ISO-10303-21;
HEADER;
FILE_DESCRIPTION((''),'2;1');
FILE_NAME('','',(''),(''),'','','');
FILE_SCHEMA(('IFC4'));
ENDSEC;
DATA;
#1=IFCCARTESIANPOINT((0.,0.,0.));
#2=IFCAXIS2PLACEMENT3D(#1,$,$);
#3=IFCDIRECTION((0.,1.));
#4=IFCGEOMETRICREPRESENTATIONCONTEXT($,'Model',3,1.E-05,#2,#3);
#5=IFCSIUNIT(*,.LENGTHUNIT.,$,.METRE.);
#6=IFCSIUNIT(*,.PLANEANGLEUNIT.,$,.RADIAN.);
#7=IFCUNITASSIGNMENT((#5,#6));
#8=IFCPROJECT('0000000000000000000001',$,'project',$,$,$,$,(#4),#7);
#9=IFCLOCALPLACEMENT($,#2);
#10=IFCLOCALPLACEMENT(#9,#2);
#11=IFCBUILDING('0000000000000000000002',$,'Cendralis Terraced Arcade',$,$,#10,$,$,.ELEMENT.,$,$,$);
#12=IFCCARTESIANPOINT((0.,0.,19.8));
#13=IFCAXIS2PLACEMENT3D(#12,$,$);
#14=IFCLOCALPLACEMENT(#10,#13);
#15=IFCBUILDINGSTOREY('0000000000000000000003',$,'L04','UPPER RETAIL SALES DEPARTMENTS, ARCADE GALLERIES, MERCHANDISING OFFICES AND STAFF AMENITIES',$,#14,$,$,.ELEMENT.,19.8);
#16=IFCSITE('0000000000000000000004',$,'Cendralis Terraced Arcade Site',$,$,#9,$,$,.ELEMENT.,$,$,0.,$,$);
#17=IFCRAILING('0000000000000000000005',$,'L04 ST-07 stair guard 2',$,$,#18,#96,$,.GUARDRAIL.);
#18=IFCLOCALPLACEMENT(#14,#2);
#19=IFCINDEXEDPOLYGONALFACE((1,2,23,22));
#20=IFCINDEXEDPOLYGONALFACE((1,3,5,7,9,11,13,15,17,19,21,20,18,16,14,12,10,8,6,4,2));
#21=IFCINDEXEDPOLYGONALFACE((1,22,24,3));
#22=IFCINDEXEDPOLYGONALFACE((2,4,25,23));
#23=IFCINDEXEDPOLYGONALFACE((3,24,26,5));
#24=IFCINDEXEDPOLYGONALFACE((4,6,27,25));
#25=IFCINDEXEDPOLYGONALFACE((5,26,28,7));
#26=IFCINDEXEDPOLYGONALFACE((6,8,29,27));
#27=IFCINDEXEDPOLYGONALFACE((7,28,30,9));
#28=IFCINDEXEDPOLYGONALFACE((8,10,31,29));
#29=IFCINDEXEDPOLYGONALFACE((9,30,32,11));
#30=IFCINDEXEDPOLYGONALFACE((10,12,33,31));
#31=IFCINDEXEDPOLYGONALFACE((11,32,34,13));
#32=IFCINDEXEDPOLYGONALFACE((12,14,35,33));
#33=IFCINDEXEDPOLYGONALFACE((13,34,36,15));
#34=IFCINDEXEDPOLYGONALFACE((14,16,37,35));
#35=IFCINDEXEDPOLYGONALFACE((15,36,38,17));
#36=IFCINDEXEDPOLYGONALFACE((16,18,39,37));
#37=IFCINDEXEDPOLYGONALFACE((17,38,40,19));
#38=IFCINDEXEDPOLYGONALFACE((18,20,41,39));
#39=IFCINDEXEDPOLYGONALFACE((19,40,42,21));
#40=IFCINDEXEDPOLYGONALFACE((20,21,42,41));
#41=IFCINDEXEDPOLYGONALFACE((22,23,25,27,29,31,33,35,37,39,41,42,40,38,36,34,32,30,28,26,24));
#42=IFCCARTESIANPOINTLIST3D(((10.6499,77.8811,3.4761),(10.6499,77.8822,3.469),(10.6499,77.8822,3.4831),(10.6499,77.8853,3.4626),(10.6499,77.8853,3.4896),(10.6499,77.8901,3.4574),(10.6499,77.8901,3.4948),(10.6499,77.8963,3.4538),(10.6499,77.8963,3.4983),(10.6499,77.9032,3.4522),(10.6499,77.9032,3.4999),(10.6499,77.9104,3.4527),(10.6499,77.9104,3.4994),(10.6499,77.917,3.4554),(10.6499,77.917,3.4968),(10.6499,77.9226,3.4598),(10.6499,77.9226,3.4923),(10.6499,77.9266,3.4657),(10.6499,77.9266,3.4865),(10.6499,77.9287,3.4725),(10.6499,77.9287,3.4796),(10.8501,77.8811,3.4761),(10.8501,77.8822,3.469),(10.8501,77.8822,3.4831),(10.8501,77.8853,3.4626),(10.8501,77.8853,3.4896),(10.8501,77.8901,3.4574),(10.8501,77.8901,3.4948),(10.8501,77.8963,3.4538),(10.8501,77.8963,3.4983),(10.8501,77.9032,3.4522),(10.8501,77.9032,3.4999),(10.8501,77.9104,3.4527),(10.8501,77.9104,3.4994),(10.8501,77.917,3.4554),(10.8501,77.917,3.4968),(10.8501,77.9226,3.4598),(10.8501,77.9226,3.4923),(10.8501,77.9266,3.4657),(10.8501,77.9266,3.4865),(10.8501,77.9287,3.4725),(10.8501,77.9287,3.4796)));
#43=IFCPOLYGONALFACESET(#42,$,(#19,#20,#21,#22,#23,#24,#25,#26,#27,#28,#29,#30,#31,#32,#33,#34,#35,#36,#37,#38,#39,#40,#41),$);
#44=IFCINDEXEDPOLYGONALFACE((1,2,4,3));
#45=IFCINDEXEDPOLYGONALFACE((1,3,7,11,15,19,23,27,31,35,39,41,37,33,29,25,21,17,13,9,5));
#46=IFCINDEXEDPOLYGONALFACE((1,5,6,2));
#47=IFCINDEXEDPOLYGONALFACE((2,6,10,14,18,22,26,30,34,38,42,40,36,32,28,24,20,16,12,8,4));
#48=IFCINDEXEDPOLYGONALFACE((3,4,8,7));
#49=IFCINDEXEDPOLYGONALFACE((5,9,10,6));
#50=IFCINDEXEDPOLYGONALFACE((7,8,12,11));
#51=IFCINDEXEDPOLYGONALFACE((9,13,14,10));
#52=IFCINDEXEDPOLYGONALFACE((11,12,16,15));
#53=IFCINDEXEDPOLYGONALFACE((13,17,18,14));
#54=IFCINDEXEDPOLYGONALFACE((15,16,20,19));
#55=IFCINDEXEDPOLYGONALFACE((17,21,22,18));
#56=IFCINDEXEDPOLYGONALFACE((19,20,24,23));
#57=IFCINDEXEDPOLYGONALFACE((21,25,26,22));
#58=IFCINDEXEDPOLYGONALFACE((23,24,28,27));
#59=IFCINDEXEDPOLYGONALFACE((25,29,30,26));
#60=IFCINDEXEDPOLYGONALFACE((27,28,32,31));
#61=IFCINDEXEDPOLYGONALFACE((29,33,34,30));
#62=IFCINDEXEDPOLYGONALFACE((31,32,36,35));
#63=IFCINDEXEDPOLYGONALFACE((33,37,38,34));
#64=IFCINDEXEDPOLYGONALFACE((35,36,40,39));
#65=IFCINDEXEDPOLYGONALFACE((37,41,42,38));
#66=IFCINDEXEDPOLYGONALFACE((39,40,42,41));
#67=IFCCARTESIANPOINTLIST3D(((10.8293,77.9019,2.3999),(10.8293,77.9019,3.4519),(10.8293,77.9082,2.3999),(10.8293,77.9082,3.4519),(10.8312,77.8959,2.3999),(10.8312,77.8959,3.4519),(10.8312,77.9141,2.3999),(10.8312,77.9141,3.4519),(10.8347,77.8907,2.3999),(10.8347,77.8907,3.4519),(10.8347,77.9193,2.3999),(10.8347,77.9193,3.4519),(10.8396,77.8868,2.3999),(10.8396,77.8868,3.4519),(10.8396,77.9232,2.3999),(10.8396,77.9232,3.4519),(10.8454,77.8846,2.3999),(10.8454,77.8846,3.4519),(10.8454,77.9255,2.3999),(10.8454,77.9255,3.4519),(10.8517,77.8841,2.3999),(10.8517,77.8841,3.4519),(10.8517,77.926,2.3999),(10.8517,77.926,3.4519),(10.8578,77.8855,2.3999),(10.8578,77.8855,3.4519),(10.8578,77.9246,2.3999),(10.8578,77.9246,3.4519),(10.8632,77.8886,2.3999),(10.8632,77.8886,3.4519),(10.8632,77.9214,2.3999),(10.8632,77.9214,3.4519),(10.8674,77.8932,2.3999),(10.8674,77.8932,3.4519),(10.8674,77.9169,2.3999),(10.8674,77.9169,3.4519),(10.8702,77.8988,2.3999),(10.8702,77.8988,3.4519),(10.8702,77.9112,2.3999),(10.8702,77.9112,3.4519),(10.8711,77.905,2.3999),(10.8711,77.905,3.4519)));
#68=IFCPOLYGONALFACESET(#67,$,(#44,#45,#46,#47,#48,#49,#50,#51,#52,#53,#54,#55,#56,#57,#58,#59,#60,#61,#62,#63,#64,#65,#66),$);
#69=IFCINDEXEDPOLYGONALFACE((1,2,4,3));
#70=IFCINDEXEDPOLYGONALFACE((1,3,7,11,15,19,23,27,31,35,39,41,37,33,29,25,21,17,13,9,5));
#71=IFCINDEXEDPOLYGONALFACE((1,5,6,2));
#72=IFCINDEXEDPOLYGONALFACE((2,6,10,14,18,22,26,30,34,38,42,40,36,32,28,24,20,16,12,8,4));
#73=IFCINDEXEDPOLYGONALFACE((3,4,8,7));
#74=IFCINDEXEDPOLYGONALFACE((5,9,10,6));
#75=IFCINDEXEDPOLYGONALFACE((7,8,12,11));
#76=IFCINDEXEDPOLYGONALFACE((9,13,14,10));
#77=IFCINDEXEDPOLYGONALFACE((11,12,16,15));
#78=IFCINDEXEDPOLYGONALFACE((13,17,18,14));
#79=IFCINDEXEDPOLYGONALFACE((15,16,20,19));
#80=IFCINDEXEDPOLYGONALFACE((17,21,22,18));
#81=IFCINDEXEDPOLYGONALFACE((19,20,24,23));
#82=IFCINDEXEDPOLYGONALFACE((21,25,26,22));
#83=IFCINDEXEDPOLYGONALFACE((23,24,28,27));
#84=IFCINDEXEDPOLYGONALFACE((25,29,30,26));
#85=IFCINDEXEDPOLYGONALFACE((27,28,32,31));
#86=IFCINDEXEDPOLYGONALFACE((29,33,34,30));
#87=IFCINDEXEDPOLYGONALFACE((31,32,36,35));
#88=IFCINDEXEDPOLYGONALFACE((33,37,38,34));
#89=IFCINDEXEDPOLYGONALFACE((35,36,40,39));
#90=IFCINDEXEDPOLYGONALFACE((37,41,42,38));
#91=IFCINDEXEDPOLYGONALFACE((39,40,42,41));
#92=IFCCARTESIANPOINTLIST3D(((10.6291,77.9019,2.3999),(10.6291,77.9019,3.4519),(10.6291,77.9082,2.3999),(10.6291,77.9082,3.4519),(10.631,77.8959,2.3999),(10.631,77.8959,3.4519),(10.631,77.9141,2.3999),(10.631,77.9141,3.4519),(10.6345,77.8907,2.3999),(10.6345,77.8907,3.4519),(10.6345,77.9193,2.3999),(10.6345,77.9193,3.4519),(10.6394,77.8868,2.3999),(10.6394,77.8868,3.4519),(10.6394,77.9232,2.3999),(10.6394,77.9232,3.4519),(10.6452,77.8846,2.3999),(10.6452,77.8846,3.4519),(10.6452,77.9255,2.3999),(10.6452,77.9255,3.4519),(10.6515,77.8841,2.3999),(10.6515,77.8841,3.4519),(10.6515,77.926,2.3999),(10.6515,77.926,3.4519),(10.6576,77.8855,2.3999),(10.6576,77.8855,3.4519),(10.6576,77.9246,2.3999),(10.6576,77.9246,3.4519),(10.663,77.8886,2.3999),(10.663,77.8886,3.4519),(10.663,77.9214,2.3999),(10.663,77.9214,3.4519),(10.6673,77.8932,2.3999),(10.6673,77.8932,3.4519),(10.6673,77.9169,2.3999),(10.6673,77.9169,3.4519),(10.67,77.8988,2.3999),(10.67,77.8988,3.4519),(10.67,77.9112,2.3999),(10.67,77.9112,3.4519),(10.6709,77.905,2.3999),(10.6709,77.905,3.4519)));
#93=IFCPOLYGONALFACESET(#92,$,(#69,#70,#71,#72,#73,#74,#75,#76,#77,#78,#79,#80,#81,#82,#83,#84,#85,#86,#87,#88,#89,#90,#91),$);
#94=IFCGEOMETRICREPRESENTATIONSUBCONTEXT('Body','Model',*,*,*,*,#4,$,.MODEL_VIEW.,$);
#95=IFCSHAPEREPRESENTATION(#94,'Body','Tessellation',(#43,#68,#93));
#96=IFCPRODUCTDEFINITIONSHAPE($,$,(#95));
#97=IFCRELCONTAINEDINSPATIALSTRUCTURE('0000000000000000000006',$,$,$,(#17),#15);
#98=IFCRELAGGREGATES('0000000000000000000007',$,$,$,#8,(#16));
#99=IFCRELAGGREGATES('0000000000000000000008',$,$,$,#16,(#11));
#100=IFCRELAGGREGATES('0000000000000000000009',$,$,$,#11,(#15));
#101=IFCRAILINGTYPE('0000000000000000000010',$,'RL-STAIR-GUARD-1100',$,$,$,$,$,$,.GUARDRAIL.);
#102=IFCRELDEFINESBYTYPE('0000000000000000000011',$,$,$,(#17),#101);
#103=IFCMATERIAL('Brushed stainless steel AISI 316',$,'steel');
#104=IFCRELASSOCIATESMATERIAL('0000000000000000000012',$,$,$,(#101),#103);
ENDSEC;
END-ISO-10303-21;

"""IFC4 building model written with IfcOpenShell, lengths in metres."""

from ifc_helpers import new_model, si_unit, direction, frame, origin, origin_2d, place, context, subcontext, project, spatial, circle, extrude, material, type_object, element, save


model = new_model("IFC4")

# Units and contexts
model_context = context("Model", 3, precision=1e-05, world=origin(), true_north=direction((0.0, 1.0)))
body_context = subcontext(model_context, "Body", "Model", "MODEL_VIEW")
ifc_project = project(units=[si_unit("LENGTHUNIT", "METRE"), si_unit("PLANEANGLEUNIT", "RADIAN")], contexts=[model_context])

# Site, building, storey
site_placement = place(None, origin())
site = spatial("IfcSite", under=ifc_project, at=site_placement, Name="Cendralis Terraced Arcade Site", CompositionType="ELEMENT", RefElevation=0.0)
building_placement = place(site_placement, origin())
building = spatial("IfcBuilding", under=site, at=building_placement, Name="Cendralis Terraced Arcade", CompositionType="ELEMENT")
storey_placement = place(building_placement, frame((0.0, 0.0, 19.8)))
storey = spatial("IfcBuildingStorey", under=building, at=storey_placement, Name="L04", Description="UPPER RETAIL SALES DEPARTMENTS, ARCADE GALLERIES, MERCHANDISING OFFICES AND STAFF AMENITIES", CompositionType="ELEMENT", Elevation=19.8)

# Railing
ifc_material_1 = material(Name="Brushed stainless steel AISI 316", Category="steel")
railing_type_1 = type_object("IfcRailingType", Name="RL-STAIR-GUARD-1100", PredefinedType="GUARDRAIL", material=ifc_material_1)
railing_1_placement = place(storey_placement, frame((10.8501, 77.905, 2.3999)))
element("IfcRailing", 1, at=railing_1_placement, inside=storey, type_object=railing_type_1, Name="L04 ST-07 stair guard 2", PredefinedType="GUARDRAIL", context=body_context, shape_type="SweptSolid", body=[
    extrude(circle(Radius=0.0239, at=origin_2d()), frame((0.0, 0.0, 1.0762), z_axis=(-1.0, 0.0, 0.0), x_axis=(0.0, -1.0, 0.0)), (0.0, 0.0, 1.0), 0.2002),
    extrude(circle(Radius=0.021, at=origin_2d()), origin(), (0.0, 0.0, 1.0), 1.052),
    extrude(circle(Radius=0.021, at=origin_2d()), frame((-0.2002, 0.0, 0.0)), (0.0, 0.0, 1.0), 1.052),
])

save(model, "model.ifc")
